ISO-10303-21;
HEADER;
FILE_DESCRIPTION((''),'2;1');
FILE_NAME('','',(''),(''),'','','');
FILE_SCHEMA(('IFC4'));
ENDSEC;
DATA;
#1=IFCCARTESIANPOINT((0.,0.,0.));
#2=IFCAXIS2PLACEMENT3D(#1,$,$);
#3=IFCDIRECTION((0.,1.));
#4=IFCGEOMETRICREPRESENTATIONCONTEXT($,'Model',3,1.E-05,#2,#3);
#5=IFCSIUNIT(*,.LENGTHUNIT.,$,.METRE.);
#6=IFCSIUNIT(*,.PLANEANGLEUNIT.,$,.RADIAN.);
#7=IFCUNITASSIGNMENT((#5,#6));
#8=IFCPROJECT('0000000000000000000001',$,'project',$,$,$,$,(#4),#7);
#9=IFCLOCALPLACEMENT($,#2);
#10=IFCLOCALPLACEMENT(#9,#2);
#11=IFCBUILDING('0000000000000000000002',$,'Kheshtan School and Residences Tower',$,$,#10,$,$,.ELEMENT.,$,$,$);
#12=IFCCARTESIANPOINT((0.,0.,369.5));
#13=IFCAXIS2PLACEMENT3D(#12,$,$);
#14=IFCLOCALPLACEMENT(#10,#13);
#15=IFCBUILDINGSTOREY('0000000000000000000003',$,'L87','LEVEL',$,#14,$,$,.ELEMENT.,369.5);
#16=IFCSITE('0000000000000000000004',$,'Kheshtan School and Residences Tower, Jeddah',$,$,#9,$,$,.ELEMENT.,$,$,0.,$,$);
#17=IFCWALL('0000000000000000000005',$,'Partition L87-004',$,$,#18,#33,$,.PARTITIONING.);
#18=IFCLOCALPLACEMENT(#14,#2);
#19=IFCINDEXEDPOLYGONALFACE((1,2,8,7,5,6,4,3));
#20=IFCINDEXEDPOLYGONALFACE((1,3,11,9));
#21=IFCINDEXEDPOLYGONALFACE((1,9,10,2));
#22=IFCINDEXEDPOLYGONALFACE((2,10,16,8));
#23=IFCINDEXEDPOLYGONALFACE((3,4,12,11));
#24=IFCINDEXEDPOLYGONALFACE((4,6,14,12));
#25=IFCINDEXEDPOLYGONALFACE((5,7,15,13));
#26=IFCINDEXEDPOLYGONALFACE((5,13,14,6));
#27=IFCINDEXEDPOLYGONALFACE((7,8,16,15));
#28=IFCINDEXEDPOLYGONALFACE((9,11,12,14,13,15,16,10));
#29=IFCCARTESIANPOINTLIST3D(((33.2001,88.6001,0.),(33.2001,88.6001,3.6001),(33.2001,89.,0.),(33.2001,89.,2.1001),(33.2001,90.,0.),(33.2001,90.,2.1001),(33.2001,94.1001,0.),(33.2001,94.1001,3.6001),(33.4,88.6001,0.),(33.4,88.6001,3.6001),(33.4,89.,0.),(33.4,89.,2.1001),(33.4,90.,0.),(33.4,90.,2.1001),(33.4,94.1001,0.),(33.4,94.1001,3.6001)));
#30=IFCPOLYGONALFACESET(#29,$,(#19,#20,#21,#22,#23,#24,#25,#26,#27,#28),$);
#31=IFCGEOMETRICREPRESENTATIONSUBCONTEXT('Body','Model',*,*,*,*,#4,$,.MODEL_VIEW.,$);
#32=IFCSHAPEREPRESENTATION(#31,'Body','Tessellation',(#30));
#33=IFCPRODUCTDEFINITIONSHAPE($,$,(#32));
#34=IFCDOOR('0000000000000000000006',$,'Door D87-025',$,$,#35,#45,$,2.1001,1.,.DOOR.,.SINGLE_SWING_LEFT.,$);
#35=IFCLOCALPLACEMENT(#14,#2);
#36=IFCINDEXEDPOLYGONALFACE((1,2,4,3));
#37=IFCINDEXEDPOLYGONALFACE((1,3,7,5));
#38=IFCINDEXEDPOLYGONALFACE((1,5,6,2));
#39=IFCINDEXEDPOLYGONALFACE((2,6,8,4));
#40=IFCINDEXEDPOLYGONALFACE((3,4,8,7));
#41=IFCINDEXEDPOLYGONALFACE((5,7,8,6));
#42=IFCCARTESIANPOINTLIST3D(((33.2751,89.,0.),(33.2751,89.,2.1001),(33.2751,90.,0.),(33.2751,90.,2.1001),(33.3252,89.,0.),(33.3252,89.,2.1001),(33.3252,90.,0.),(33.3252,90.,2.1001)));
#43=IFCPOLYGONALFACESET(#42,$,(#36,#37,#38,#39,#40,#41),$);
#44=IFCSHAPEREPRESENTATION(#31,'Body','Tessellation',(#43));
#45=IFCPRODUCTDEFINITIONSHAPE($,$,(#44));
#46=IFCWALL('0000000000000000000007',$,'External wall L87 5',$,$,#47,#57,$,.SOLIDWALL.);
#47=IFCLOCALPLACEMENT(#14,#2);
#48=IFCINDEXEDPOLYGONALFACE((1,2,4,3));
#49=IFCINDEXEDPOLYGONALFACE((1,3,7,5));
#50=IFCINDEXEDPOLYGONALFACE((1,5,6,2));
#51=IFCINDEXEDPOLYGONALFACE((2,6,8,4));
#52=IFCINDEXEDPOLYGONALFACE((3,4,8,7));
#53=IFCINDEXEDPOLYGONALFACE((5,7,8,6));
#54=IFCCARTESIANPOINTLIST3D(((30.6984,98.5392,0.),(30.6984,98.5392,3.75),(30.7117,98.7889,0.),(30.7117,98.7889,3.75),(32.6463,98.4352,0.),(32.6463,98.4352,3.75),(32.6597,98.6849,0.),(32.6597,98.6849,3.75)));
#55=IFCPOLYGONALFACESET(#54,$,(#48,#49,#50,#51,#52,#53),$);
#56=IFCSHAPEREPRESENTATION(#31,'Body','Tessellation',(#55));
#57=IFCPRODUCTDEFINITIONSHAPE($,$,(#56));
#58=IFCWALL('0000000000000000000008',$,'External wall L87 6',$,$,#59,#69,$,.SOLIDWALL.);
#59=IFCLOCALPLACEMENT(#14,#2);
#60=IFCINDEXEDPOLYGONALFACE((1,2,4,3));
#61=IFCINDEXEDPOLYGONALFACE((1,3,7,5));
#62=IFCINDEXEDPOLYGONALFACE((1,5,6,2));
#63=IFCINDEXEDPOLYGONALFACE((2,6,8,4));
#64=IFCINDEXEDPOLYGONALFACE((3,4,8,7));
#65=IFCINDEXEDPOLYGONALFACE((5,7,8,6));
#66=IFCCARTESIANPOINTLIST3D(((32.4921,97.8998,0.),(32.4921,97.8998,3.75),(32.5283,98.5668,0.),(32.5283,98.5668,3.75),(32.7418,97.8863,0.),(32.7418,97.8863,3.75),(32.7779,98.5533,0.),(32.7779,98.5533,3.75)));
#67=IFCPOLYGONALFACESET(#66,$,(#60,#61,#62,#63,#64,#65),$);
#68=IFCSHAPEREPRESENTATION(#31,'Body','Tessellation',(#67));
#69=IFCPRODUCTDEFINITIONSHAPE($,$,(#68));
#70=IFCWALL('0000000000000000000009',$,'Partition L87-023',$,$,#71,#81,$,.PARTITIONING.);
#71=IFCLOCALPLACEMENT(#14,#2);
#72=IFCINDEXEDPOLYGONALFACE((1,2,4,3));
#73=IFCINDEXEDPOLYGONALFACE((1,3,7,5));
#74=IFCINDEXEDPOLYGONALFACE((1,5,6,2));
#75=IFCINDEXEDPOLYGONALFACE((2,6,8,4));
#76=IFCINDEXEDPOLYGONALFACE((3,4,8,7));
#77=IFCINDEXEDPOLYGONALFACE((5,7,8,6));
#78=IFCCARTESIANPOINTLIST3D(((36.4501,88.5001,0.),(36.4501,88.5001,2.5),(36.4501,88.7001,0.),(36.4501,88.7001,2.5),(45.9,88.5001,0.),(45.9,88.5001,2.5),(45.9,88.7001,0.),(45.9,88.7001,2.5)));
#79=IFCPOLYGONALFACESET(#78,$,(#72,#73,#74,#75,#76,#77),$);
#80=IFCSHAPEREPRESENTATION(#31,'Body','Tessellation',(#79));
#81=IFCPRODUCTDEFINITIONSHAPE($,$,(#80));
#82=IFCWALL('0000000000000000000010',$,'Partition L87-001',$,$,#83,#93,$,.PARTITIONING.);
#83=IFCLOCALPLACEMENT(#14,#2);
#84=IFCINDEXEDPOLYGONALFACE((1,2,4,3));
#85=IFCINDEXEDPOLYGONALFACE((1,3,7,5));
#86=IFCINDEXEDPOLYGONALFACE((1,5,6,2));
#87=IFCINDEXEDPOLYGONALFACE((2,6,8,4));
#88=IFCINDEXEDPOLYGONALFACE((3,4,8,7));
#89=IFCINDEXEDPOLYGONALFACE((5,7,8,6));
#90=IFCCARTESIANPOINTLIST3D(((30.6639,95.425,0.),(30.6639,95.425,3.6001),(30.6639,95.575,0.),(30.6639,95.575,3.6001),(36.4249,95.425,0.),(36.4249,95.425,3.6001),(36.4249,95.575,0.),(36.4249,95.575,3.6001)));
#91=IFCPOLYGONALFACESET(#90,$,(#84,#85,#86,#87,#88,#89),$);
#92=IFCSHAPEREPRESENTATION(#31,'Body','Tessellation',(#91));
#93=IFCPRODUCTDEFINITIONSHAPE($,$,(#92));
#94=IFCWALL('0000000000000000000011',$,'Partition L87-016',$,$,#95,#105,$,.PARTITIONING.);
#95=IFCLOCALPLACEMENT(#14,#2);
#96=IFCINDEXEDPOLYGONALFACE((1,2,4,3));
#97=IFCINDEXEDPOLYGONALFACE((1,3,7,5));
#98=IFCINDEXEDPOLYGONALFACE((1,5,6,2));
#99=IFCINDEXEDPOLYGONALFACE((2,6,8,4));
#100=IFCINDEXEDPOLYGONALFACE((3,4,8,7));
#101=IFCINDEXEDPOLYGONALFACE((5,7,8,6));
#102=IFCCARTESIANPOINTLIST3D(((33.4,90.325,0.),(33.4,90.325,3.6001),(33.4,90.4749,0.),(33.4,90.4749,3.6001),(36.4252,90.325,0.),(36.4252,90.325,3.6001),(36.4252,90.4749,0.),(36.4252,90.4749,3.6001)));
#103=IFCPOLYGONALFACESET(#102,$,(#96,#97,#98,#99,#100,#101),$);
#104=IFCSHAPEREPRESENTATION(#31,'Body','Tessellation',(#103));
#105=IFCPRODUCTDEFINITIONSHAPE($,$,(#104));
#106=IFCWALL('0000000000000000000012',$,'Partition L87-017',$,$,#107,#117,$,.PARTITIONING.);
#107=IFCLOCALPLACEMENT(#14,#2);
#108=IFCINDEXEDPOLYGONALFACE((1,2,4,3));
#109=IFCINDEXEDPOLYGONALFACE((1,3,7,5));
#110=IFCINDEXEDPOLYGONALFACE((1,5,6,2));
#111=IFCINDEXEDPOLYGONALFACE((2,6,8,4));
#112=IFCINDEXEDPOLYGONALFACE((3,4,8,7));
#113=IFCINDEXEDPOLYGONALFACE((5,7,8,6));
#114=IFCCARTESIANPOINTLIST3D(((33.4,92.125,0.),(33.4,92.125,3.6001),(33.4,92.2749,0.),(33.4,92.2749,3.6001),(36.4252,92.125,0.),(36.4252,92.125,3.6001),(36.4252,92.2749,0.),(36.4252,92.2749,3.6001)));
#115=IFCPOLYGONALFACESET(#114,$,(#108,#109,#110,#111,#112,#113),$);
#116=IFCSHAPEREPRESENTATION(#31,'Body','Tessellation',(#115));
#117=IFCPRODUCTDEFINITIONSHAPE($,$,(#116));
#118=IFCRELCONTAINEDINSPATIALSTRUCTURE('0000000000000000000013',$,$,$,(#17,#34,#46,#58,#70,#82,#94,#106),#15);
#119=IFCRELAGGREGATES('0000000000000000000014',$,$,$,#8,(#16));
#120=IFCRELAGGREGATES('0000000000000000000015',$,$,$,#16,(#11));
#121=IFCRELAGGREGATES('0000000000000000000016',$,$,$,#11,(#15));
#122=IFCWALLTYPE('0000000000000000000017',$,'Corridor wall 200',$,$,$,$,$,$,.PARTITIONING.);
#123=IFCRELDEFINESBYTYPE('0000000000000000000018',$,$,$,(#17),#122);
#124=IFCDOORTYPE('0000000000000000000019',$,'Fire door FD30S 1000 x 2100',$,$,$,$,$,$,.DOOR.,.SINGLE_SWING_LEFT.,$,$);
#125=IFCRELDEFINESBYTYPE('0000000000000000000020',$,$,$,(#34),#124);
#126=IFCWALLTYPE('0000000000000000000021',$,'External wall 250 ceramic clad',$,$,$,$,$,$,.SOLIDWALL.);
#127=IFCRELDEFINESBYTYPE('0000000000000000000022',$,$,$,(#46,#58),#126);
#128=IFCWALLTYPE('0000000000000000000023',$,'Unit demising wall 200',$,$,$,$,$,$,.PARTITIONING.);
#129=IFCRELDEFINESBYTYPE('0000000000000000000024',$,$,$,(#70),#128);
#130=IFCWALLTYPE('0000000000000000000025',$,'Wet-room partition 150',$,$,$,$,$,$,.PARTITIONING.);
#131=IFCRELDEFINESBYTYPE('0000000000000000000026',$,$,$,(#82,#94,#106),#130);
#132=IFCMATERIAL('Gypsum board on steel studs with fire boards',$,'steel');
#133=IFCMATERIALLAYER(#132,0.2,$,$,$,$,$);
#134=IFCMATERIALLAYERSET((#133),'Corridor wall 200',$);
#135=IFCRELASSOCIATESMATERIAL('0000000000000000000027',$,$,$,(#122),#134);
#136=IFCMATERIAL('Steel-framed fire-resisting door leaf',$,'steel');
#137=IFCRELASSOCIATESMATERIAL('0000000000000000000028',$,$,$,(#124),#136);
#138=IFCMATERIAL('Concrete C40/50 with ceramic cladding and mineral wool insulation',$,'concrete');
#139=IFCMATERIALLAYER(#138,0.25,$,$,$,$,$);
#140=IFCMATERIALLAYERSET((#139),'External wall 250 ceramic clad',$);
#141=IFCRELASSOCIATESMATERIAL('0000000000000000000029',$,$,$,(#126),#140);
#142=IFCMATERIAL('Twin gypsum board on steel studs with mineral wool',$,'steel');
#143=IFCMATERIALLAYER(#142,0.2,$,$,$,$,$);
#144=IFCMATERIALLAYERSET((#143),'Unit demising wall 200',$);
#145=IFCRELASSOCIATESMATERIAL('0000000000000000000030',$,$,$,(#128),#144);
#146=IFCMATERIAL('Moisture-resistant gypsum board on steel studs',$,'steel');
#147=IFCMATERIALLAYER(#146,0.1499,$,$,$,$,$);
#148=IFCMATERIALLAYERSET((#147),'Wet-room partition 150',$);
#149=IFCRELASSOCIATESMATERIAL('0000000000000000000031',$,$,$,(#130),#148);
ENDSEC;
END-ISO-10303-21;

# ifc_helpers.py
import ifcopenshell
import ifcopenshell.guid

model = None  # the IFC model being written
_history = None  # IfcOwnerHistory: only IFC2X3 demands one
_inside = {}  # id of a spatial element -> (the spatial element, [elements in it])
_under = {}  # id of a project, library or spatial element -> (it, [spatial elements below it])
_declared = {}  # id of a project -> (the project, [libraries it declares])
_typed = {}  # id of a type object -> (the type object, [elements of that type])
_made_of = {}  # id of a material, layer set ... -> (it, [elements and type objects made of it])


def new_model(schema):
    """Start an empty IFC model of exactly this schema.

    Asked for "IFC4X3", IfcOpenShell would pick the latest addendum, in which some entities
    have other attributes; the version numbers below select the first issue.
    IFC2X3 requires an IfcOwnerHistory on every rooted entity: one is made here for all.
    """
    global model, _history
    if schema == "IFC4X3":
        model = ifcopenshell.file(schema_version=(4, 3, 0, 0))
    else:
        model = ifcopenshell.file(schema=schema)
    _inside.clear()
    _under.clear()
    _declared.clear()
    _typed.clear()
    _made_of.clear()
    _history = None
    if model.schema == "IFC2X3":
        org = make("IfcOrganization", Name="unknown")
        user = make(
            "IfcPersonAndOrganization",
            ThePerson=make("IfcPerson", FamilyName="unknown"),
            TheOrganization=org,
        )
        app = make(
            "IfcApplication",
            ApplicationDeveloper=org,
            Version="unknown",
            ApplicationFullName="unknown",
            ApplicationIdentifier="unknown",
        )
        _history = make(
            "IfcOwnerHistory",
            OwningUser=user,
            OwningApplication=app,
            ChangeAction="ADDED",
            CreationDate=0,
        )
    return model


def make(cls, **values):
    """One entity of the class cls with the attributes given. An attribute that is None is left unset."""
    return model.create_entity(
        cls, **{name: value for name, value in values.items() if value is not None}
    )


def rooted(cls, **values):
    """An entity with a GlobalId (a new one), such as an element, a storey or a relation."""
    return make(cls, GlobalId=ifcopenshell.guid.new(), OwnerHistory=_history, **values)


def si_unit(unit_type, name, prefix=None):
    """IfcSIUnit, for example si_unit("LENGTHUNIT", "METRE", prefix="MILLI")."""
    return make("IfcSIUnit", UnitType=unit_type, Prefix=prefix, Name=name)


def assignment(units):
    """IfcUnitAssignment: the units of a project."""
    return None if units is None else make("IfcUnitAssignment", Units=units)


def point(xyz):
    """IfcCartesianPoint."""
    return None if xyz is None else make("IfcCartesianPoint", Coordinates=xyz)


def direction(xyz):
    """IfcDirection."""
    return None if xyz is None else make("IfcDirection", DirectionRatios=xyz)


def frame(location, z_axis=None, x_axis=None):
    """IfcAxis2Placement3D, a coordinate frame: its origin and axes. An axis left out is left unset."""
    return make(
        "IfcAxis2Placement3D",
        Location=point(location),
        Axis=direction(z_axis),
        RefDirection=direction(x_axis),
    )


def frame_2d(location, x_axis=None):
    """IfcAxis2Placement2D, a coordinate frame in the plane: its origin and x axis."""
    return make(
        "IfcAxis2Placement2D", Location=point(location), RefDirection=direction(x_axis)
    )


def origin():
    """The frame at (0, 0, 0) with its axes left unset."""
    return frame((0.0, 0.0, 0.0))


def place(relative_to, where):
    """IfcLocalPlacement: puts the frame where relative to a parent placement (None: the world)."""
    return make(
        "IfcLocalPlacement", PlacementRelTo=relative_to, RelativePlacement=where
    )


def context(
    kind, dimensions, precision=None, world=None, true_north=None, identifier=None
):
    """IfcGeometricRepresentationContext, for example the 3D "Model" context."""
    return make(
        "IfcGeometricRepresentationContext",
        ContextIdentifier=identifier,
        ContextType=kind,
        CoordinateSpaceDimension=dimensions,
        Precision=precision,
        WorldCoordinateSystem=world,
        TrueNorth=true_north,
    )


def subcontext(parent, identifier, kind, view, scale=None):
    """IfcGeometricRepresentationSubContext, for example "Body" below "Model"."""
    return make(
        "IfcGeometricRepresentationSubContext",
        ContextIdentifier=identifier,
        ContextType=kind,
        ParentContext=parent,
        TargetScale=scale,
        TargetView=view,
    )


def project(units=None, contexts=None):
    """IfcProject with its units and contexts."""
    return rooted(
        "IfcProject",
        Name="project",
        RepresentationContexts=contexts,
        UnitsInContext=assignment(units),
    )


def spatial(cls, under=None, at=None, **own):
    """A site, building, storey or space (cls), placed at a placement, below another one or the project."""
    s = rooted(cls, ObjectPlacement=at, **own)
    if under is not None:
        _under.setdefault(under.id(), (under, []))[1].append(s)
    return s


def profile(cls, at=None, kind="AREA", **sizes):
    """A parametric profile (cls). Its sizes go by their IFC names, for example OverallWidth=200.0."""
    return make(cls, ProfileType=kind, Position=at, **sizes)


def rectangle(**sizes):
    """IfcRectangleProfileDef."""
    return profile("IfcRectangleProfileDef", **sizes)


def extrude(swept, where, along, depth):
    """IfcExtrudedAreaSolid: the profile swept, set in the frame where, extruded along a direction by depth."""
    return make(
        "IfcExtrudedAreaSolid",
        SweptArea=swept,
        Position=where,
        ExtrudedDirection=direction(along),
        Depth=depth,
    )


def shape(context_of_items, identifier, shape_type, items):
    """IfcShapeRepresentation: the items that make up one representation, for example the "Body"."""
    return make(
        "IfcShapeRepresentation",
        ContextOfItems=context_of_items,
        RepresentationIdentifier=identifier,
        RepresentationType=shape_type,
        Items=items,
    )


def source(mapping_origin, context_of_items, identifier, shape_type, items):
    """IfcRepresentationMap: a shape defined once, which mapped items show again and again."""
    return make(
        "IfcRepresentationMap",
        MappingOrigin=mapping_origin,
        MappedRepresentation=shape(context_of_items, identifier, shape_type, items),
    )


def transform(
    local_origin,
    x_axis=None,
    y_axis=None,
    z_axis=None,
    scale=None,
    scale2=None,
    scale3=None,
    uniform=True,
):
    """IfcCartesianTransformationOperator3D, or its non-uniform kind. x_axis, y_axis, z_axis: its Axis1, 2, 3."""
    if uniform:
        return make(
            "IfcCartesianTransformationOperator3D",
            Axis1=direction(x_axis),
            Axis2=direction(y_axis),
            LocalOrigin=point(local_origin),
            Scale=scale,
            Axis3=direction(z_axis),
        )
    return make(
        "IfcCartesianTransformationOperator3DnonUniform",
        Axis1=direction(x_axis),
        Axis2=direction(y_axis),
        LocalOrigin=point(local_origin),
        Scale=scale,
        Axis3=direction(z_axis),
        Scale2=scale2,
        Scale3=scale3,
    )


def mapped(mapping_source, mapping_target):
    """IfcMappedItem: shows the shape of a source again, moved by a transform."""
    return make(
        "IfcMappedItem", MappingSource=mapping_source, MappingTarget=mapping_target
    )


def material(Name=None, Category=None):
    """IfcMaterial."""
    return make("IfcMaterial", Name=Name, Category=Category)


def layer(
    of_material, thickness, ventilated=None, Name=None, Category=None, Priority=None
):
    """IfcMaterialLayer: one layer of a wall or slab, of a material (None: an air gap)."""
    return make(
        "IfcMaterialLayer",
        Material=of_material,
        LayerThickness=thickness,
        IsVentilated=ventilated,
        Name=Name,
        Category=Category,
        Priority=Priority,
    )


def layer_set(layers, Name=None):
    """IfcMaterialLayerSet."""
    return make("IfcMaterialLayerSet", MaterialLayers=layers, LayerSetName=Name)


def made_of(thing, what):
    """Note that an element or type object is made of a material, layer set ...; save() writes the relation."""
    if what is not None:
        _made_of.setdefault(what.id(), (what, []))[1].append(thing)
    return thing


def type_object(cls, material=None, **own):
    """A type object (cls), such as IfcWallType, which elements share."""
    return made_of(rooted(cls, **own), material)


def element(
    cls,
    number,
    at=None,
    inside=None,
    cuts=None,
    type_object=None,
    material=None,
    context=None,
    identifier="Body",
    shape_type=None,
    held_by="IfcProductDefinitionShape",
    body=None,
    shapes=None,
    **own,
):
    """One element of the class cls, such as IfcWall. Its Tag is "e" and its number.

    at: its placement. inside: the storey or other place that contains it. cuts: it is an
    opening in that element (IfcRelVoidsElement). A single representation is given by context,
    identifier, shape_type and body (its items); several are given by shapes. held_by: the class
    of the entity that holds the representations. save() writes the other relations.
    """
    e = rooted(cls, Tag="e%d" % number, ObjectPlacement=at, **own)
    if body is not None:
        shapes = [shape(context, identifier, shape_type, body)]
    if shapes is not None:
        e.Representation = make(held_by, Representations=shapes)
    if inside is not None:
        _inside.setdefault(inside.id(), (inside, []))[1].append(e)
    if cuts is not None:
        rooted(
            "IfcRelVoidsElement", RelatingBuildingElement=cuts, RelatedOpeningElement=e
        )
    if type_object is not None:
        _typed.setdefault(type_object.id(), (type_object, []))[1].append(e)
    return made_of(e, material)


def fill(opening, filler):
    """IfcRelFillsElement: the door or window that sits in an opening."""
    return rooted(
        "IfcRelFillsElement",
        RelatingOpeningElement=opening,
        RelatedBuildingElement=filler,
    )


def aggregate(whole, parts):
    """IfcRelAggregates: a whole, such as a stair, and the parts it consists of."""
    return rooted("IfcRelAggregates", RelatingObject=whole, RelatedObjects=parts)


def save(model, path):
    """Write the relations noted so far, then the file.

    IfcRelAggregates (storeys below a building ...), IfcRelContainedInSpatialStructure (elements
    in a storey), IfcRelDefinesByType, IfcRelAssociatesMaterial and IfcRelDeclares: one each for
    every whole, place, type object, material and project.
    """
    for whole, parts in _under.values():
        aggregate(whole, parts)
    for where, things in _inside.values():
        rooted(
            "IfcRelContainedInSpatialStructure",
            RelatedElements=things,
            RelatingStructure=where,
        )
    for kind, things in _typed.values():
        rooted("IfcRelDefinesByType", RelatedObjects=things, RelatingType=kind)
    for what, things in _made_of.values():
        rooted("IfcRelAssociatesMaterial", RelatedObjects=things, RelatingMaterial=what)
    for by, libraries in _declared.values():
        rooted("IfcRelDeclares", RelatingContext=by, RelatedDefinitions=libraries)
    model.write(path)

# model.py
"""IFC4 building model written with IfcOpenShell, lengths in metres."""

from ifc_helpers import new_model, si_unit, direction, frame, frame_2d, origin, place, context, subcontext, project, spatial, rectangle, extrude, source, transform, mapped, material, layer, layer_set, type_object, element, fill, save


model = new_model("IFC4")

# Units and contexts
model_context = context("Model", 3, precision=1e-05, world=origin(), true_north=direction((0.0, 1.0)))
body_context = subcontext(model_context, "Body", "Model", "MODEL_VIEW")
ifc_project = project(units=[si_unit("LENGTHUNIT", "METRE"), si_unit("PLANEANGLEUNIT", "RADIAN")], contexts=[model_context])

# Site, building, storey
site_placement = place(None, origin())
site = spatial("IfcSite", under=ifc_project, at=site_placement, Name="Kheshtan School and Residences Tower, Jeddah", CompositionType="ELEMENT", RefElevation=0.0)
building_placement = place(site_placement, origin())
building = spatial("IfcBuilding", under=site, at=building_placement, Name="Kheshtan School and Residences Tower", CompositionType="ELEMENT")
storey_placement = place(building_placement, frame((0.0, 0.0, 369.5)))
storey = spatial("IfcBuildingStorey", under=building, at=storey_placement, Name="L87", Description="LEVEL", CompositionType="ELEMENT", Elevation=369.5)

# Shared definitions
ifc_material_1 = material(Name="Gypsum board on steel studs with fire boards", Category="steel")
ifc_layer_1 = layer(ifc_material_1, 0.2)
ifc_layer_set_1 = layer_set([ifc_layer_1], Name="Corridor wall 200")
wall_type_1 = type_object("IfcWallType", Name="Corridor wall 200", PredefinedType="PARTITIONING", material=ifc_layer_set_1)

# Wall, opening, door
wall_1_placement = place(storey_placement, frame((33.3, 88.6001, 0.0), z_axis=(0.0, 0.0, 1.0), x_axis=(0.0, 1.0, 0.0)))
wall_1 = element("IfcWall", 1, at=wall_1_placement, inside=storey, type_object=wall_type_1, Name="Partition L87-004", PredefinedType="PARTITIONING", context=body_context, shape_type="SweptSolid", body=[
    extrude(rectangle(XDim=5.5, YDim=0.2, at=frame_2d((2.75, 0.0))), origin(), (0.0, 0.0, 1.0), 3.6001),
])
opening_1_placement = place(wall_1_placement, frame((0.3999, 0.0, 0.0)))
opening_1 = element("IfcOpeningElement", 2, at=opening_1_placement, cuts=wall_1, PredefinedType="OPENING", context=body_context, shape_type="SweptSolid", body=[
    extrude(rectangle(XDim=1.0, YDim=2.1001, at=frame_2d((0.5, 1.05))), frame((0.0, 0.1099, 0.0), z_axis=(0.0, -1.0, 0.0), x_axis=(1.0, 0.0, 0.0)), (0.0, 0.0, 1.0), 0.22),
])
ifc_material_2 = material(Name="Steel-framed fire-resisting door leaf", Category="steel")
door_type_1 = type_object("IfcDoorType", Name="Fire door FD30S 1000 x 2100", OperationType="SINGLE_SWING_LEFT", PredefinedType="DOOR", material=ifc_material_2)
shared_shape_1 = source(origin(), body_context, "Body", "SweptSolid", [
    extrude(rectangle(XDim=1.0, YDim=2.1001, at=frame_2d((0.5, 1.05))), frame((0.0, 0.0249, 0.0), z_axis=(0.0, -1.0, 0.0), x_axis=(1.0, 0.0, 0.0)), (0.0, 0.0, 1.0), 0.05),
])
door_1_placement = place(opening_1_placement, origin())
door_1 = element("IfcDoor", 3, at=door_1_placement, inside=storey, type_object=door_type_1, Name="Door D87-025", OperationType="SINGLE_SWING_LEFT", OverallHeight=2.1001, OverallWidth=1.0, PredefinedType="DOOR", context=body_context, shape_type="MappedRepresentation", body=[
    mapped(shared_shape_1, transform((0.0, 0.0, 0.0), x_axis=(1.0, 0.0, 0.0), y_axis=(0.0, 1.0, 0.0), z_axis=(0.0, 0.0, 1.0), scale=1.0)),
])
fill(opening_1, door_1)

# Walls
ifc_material_3 = material(Name="Concrete C40/50 with ceramic cladding and mineral wool insulation", Category="concrete")
ifc_layer_2 = layer(ifc_material_3, 0.25)
ifc_layer_set_2 = layer_set([ifc_layer_2], Name="External wall 250 ceramic clad")
wall_type_2 = type_object("IfcWallType", Name="External wall 250 ceramic clad", PredefinedType="SOLIDWALL", material=ifc_layer_set_2)
wall_2_placement = place(storey_placement, frame((30.7051, 98.6641, 0.0), z_axis=(0.0, 0.0, 1.0), x_axis=(0.998578, -0.053314, 0.0)))
element("IfcWall", 4, at=wall_2_placement, inside=storey, type_object=wall_type_2, Name="External wall L87 5", PredefinedType="SOLIDWALL", context=body_context, shape_type="SweptSolid", body=[
    extrude(rectangle(XDim=1.9507, YDim=0.25, at=frame_2d((0.9753, 0.0))), origin(), (0.0, 0.0, 1.0), 3.75),
])
wall_3_placement = place(storey_placement, frame((32.6531, 98.5601, 0.0), z_axis=(0.0, 0.0, 1.0), x_axis=(-0.054093, -0.998536, 0.0)))
element("IfcWall", 5, at=wall_3_placement, inside=storey, type_object=wall_type_2, Name="External wall L87 6", PredefinedType="SOLIDWALL", context=body_context, shape_type="SweptSolid", body=[
    extrude(rectangle(XDim=0.668, YDim=0.25, at=frame_2d((0.334, 0.0))), origin(), (0.0, 0.0, 1.0), 3.75),
])
ifc_material_4 = material(Name="Twin gypsum board on steel studs with mineral wool", Category="steel")
ifc_layer_3 = layer(ifc_material_4, 0.2)
ifc_layer_set_3 = layer_set([ifc_layer_3], Name="Unit demising wall 200")
wall_type_3 = type_object("IfcWallType", Name="Unit demising wall 200", PredefinedType="PARTITIONING", material=ifc_layer_set_3)
wall_4_placement = place(storey_placement, frame((36.45, 88.6001, 0.0), z_axis=(0.0, 0.0, 1.0), x_axis=(1.0, 0.0, 0.0)))
element("IfcWall", 6, at=wall_4_placement, inside=storey, type_object=wall_type_3, Name="Partition L87-023", PredefinedType="PARTITIONING", context=body_context, shape_type="SweptSolid", body=[
    extrude(rectangle(XDim=9.45, YDim=0.2, at=frame_2d((4.7251, 0.0))), origin(), (0.0, 0.0, 1.0), 2.5),
])
ifc_material_5 = material(Name="Moisture-resistant gypsum board on steel studs", Category="steel")
ifc_layer_4 = layer(ifc_material_5, 0.1499)
ifc_layer_set_4 = layer_set([ifc_layer_4], Name="Wet-room partition 150")
wall_type_4 = type_object("IfcWallType", Name="Wet-room partition 150", PredefinedType="PARTITIONING", material=ifc_layer_set_4)
wall_5_placement = place(storey_placement, frame((30.6641, 95.5, 0.0), z_axis=(0.0, 0.0, 1.0), x_axis=(1.0, 0.0, 0.0)))
element("IfcWall", 7, at=wall_5_placement, inside=storey, type_object=wall_type_4, Name="Partition L87-001", PredefinedType="PARTITIONING", context=body_context, shape_type="SweptSolid", body=[
    extrude(rectangle(XDim=5.761, YDim=0.1499, at=frame_2d((2.8804, 0.0))), origin(), (0.0, 0.0, 1.0), 3.6001),
])
for number, where, z_axis, x_axis, name in (
    (8, (33.3999, 90.3999, 0.0), (0.0, 0.0, 1.0), (1.0, 0.0, 0.0), "Partition L87-016"),
    (9, (33.3999, 92.2, 0.0), (0.0, 0.0, 1.0), (1.0, 0.0, 0.0), "Partition L87-017"),
):
    element("IfcWall", number, at=place(storey_placement, frame(where, z_axis=z_axis, x_axis=x_axis)), inside=storey, type_object=wall_type_4, Name=name, PredefinedType="PARTITIONING", context=body_context, shape_type="SweptSolid", body=[
        extrude(rectangle(XDim=3.0251, YDim=0.1499, at=frame_2d((1.5127, 0.0))), origin(), (0.0, 0.0, 1.0), 3.6001),
    ])

save(model, "model.ifc")
